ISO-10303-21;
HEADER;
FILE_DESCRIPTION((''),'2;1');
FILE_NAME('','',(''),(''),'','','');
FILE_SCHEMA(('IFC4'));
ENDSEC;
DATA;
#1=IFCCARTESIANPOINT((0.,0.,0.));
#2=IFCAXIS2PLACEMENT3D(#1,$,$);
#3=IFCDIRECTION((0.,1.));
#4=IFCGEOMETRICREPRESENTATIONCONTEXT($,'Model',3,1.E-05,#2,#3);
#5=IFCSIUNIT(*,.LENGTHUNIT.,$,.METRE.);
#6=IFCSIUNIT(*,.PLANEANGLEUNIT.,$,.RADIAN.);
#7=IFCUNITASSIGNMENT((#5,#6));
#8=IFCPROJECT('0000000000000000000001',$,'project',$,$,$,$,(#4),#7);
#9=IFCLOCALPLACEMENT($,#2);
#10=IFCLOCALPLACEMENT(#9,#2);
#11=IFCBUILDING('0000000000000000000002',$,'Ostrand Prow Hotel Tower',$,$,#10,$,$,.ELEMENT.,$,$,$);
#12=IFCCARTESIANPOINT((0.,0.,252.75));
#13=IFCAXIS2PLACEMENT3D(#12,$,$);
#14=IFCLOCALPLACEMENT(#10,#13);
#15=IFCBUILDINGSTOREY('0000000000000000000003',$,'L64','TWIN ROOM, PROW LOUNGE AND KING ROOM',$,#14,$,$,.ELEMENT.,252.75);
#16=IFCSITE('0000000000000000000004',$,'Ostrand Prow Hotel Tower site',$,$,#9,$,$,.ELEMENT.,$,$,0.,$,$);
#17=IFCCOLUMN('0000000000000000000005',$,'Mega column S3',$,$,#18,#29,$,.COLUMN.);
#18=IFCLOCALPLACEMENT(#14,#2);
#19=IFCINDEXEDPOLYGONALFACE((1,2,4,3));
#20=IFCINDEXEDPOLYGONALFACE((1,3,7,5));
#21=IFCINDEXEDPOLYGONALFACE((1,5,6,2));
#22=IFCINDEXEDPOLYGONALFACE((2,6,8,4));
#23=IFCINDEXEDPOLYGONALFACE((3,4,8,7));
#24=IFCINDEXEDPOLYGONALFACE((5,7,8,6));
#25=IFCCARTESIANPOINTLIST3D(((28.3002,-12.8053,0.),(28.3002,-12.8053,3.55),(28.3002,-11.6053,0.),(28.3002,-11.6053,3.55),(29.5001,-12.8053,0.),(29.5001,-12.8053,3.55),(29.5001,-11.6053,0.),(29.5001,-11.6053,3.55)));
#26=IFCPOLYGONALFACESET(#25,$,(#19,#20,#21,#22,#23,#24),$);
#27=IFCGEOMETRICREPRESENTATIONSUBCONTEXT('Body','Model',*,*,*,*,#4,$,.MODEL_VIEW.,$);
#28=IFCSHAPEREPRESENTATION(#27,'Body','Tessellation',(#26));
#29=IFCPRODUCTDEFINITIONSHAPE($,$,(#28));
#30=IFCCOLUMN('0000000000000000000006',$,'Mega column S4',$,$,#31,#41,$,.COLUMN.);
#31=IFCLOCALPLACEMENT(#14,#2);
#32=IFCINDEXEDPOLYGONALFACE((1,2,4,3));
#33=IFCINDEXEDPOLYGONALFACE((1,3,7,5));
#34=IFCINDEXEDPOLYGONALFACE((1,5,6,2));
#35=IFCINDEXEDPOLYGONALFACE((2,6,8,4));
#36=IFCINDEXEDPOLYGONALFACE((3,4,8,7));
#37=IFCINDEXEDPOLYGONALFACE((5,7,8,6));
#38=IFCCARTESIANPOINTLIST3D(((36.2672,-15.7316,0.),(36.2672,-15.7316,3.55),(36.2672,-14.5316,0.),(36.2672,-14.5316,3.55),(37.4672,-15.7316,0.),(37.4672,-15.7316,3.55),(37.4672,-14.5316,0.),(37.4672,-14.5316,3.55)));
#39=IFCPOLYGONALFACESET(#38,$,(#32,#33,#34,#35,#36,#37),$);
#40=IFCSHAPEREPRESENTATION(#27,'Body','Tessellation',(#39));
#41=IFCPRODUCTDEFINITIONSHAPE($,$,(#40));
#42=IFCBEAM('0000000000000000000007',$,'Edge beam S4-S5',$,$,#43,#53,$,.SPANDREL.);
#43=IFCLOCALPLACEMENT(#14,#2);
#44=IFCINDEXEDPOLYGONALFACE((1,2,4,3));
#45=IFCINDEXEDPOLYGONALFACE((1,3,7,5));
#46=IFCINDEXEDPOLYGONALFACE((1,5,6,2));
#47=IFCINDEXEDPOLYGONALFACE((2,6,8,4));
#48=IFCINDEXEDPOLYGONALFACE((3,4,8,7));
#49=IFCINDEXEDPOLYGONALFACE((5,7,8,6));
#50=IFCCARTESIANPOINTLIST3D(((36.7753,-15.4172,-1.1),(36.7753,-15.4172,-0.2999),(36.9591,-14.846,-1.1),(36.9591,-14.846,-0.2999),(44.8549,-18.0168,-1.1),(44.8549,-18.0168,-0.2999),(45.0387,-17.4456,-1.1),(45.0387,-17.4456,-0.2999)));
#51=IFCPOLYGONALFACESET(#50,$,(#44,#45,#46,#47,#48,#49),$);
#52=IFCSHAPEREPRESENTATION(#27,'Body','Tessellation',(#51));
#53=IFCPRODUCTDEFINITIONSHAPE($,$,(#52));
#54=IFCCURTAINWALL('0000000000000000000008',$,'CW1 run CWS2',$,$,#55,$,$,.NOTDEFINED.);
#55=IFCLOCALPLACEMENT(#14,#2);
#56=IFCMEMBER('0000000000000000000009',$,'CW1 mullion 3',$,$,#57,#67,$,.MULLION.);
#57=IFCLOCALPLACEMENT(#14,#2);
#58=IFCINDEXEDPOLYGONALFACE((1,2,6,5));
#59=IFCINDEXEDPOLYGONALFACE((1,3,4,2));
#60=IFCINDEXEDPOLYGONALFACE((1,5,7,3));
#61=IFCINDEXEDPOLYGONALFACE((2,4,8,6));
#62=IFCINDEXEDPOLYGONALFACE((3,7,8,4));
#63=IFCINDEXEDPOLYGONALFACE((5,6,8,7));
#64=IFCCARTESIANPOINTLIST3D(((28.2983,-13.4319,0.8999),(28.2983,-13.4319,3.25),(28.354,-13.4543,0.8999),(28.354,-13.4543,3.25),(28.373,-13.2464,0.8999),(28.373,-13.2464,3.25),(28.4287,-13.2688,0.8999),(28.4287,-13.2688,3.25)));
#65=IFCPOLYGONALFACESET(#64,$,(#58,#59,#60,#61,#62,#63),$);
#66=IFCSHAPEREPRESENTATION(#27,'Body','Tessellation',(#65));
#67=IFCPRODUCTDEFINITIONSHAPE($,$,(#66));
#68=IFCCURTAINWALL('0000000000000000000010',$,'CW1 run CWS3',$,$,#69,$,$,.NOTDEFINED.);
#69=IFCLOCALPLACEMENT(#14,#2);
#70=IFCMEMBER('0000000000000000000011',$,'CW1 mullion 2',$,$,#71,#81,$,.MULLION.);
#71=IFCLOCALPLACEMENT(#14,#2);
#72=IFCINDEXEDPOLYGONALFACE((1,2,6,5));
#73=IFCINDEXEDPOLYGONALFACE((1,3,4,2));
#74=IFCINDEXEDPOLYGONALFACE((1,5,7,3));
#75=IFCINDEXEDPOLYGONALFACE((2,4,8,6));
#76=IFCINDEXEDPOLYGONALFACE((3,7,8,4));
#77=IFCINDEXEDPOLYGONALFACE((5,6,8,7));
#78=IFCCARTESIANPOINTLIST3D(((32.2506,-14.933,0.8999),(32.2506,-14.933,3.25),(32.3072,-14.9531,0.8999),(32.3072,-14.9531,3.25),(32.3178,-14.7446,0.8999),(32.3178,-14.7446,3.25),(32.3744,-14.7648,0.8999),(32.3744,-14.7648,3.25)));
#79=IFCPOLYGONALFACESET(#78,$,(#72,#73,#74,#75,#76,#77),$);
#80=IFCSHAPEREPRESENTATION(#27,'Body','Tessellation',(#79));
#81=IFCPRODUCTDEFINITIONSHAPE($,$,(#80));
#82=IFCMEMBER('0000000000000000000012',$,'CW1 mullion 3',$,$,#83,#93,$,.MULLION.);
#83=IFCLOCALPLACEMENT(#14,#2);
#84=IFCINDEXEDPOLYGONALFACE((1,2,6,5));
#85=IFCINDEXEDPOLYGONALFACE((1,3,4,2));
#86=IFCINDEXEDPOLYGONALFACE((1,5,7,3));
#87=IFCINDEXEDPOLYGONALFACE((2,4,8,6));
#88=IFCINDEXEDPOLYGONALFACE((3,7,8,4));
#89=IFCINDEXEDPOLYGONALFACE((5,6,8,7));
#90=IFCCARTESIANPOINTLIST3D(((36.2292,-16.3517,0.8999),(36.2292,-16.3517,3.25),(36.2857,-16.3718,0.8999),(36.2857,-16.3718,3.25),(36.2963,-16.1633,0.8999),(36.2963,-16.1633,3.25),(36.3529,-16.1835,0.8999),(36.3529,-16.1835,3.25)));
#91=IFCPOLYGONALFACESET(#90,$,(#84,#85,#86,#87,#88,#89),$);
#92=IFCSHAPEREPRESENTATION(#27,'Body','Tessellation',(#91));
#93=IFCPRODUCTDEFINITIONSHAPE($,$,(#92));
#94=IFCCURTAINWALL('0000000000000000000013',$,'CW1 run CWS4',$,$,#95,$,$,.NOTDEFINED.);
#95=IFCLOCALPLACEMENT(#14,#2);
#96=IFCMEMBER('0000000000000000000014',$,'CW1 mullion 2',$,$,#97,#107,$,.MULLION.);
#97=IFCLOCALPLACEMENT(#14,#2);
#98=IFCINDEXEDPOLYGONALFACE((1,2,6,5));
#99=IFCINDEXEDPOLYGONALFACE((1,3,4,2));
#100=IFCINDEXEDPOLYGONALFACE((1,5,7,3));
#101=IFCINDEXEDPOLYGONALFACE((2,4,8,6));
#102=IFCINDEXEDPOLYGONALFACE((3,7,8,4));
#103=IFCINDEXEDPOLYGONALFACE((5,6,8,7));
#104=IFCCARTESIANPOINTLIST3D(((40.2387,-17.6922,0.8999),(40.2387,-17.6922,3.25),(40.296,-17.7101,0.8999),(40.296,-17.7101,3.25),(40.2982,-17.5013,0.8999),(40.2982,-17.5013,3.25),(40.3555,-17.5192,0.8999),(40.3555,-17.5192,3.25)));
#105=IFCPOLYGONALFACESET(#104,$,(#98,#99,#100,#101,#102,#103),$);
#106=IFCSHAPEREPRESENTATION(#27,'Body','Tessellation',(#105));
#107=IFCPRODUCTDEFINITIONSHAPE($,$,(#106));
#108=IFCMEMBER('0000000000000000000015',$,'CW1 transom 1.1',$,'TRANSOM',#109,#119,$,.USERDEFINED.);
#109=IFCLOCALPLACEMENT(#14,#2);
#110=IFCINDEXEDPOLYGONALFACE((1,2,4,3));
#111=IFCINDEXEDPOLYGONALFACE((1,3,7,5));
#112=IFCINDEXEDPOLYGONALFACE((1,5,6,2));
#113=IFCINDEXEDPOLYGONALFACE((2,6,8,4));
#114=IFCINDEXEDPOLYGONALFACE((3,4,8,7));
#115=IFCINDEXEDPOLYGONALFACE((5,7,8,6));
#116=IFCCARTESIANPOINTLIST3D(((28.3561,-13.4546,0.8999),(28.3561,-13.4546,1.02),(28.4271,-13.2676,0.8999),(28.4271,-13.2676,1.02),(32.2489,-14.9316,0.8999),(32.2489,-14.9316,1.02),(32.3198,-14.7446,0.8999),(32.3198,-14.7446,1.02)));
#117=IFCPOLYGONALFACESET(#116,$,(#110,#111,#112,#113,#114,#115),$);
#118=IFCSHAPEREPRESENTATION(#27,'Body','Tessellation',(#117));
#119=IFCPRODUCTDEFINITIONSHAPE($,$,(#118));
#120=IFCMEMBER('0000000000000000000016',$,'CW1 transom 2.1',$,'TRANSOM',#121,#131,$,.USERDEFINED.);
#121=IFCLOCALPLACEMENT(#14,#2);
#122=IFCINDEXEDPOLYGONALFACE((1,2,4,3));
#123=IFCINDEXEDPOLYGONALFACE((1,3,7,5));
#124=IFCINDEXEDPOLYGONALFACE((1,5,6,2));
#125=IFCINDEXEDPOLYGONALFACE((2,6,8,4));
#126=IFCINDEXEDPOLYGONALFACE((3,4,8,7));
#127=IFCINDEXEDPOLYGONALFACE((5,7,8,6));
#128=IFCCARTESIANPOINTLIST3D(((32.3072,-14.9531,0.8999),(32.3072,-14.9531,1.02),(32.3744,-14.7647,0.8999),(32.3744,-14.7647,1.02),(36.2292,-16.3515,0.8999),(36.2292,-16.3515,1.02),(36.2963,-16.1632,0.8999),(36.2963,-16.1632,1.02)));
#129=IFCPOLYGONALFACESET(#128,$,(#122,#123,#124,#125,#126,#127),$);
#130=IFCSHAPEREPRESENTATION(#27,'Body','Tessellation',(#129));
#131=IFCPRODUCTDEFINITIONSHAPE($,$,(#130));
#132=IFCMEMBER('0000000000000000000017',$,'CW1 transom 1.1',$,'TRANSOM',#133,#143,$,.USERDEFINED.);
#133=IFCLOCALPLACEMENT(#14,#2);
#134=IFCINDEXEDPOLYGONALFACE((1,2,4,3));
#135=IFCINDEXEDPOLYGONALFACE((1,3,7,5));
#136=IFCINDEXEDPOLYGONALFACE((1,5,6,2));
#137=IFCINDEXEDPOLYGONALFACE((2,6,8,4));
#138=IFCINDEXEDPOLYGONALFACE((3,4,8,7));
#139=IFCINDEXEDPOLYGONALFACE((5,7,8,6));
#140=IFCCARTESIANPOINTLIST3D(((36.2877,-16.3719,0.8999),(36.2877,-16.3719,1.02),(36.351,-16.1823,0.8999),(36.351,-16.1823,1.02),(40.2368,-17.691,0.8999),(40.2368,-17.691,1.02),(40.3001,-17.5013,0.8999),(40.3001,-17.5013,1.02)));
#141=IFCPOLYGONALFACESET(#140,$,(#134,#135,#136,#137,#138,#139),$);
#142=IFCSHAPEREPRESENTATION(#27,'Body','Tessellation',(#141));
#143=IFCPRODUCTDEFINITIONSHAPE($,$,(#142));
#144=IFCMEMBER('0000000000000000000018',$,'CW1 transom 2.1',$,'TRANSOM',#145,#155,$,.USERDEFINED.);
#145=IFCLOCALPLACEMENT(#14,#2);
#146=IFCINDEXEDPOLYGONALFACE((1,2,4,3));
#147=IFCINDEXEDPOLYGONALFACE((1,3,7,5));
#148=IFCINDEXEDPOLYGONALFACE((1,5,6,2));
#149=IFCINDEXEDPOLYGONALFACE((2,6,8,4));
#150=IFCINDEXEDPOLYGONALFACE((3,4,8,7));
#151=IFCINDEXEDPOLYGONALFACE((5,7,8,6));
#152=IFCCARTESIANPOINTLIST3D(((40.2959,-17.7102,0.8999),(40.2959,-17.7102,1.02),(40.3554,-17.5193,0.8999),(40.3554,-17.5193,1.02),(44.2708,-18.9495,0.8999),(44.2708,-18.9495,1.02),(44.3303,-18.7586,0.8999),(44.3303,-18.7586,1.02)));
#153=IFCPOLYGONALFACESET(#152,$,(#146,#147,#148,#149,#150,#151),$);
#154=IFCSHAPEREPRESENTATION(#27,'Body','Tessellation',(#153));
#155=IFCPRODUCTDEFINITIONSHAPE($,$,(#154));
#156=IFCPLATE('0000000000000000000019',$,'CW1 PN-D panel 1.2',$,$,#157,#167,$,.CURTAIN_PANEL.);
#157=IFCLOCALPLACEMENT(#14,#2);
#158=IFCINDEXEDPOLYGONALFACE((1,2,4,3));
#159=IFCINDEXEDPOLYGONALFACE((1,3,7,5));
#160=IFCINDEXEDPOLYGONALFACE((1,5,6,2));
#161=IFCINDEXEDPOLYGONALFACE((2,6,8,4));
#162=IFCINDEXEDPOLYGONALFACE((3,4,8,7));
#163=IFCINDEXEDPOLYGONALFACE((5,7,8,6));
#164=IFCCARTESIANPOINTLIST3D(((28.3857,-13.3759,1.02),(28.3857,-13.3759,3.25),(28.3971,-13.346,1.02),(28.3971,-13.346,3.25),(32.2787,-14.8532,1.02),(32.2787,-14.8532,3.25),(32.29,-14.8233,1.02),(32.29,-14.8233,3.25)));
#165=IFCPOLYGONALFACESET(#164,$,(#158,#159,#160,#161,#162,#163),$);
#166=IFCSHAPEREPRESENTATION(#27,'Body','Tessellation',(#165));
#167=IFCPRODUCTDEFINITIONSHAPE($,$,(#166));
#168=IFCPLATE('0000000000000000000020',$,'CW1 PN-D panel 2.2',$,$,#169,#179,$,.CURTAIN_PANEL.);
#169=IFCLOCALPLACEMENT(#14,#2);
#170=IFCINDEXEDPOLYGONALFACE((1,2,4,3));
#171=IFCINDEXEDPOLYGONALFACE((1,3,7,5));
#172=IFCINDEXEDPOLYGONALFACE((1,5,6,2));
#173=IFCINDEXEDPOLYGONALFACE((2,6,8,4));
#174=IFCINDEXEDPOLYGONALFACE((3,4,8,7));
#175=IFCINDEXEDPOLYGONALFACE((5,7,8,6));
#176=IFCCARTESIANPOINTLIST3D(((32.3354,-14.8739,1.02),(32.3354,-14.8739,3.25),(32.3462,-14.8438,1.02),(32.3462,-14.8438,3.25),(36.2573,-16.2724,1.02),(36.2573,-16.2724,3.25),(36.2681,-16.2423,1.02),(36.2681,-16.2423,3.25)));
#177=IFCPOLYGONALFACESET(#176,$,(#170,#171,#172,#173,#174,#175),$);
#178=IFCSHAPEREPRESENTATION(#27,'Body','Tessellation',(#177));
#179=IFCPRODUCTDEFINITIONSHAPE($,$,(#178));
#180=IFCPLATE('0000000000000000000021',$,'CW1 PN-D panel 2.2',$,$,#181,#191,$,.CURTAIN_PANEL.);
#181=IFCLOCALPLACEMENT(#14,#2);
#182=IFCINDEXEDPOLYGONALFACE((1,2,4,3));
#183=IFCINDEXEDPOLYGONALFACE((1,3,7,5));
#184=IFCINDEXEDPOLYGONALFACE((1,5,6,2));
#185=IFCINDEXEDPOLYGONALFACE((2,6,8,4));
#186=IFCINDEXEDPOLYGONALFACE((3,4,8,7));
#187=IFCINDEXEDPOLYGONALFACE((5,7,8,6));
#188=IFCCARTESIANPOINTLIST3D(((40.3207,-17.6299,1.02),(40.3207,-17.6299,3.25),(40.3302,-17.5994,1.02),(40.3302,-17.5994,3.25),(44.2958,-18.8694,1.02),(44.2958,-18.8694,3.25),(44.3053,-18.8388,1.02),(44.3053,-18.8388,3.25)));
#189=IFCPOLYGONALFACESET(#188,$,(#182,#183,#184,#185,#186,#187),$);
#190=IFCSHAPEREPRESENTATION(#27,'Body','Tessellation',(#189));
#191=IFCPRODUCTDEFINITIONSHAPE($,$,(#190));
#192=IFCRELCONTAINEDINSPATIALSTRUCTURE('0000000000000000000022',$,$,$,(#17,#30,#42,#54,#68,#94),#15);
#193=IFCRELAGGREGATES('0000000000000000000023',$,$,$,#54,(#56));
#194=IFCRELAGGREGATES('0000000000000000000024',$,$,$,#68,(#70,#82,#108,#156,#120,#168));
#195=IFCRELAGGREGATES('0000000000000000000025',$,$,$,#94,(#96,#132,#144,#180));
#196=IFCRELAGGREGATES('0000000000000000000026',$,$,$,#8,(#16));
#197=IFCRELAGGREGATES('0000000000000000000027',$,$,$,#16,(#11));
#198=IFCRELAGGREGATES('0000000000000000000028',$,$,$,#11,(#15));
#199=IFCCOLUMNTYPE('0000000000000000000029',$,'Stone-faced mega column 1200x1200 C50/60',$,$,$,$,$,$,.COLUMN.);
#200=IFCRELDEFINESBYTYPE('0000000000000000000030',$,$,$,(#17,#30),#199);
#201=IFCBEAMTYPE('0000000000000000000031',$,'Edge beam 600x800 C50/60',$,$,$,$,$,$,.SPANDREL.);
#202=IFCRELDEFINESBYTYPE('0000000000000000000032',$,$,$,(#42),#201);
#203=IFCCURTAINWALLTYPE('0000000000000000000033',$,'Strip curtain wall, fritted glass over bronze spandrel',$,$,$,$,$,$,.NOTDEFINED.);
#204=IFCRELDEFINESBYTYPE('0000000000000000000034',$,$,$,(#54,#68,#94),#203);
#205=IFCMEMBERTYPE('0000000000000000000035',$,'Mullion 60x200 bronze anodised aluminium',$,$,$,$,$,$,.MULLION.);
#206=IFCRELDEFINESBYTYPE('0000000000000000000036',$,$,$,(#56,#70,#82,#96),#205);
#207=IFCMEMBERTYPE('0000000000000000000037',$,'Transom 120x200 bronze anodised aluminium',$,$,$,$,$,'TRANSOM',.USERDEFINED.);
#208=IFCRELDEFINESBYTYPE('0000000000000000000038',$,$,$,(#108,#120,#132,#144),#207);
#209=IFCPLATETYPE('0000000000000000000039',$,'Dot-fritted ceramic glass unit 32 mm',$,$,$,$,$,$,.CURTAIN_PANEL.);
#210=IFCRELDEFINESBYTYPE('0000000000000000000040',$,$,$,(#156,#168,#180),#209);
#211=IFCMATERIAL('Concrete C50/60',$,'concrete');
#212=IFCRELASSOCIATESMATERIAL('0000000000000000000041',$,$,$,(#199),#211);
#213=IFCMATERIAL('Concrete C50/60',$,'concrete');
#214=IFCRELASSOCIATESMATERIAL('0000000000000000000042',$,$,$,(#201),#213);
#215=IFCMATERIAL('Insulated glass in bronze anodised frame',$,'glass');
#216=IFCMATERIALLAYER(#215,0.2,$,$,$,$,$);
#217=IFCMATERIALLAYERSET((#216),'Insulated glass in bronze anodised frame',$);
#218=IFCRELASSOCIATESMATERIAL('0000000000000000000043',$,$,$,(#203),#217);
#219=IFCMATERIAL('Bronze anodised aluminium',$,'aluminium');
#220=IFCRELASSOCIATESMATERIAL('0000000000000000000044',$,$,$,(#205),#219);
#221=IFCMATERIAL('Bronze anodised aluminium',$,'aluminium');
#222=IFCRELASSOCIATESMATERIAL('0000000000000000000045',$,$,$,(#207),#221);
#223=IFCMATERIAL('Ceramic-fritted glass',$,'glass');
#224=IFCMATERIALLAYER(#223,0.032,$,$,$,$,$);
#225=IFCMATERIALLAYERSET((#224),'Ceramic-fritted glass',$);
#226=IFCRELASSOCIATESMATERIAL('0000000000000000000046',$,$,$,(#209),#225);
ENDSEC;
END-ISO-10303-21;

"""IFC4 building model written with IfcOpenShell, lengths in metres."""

from ifc_helpers import new_model, si_unit, direction, frame, origin, origin_2d, place, context, subcontext, project, spatial, rectangle, extrude, material, layer, layer_set, material_profile, profile_set, type_object, element, aggregate, save


model = new_model("IFC4")

# Units and contexts
model_context = context("Model", 3, precision=1e-05, world=origin(), true_north=direction((0.0, 1.0)))
body_context = subcontext(model_context, "Body", "Model", "MODEL_VIEW")
ifc_project = project(units=[si_unit("LENGTHUNIT", "METRE"), si_unit("PLANEANGLEUNIT", "RADIAN")], contexts=[model_context])

# Site, building, storey
site_placement = place(None, origin())
site = spatial("IfcSite", under=ifc_project, at=site_placement, Name="Ostrand Prow Hotel Tower site", CompositionType="ELEMENT", RefElevation=0.0)
building_placement = place(site_placement, origin())
building = spatial("IfcBuilding", under=site, at=building_placement, Name="Ostrand Prow Hotel Tower", CompositionType="ELEMENT")
storey_placement = place(building_placement, frame((0.0, 0.0, 252.75)))
storey = spatial("IfcBuildingStorey", under=building, at=storey_placement, Name="L64", Description="TWIN ROOM, PROW LOUNGE AND KING ROOM", CompositionType="ELEMENT", Elevation=252.75)

# Columns
ifc_material_1 = material(Name="Concrete C50/60", Category="concrete")
ifc_material_profile_1 = material_profile(ifc_material_1, rectangle(XDim=1.2, YDim=1.2, at=origin_2d()), Name="RC 1200x1200")
ifc_profile_set_1 = profile_set([ifc_material_profile_1], Name="Concrete C50/60")
column_type = type_object("IfcColumnType", Name="Stone-faced mega column 1200x1200 C50/60", PredefinedType="COLUMN", material=ifc_profile_set_1)
for number, where, z_axis, x_axis, name in (
    (1, (28.9001, -12.2053, 0.0), (0.0, 0.0, 1.0), (1.0, 0.0, 0.0), "Mega column S3"),
    (2, (36.8672, -15.1316, 0.0), (0.0, 0.0, 1.0), (1.0, 0.0, 0.0), "Mega column S4"),
):
    element("IfcColumn", number, at=place(storey_placement, frame(where, z_axis=z_axis, x_axis=x_axis)), inside=storey, type_object=column_type, Name=name, PredefinedType="COLUMN", context=body_context, shape_type="SweptSolid", body=[
        extrude(rectangle(XDim=1.2, YDim=1.2, at=origin_2d()), origin(), (0.0, 0.0, 1.0), 3.55),
    ])

# Beam
ifc_material_2 = material(Name="Concrete C50/60", Category="concrete")
ifc_material_profile_2 = material_profile(ifc_material_2, rectangle(XDim=0.6001, YDim=0.8, at=origin_2d()), Name="RC 600x800")
ifc_profile_set_2 = profile_set([ifc_material_profile_2], Name="Concrete C50/60")
beam_type = type_object("IfcBeamType", Name="Edge beam 600x800 C50/60", PredefinedType="SPANDREL", material=ifc_profile_set_2)
beam_placement = place(storey_placement, frame((36.8672, -15.1316, -0.7), z_axis=(0.951939, -0.306287, 0.0), x_axis=(0.306287, 0.951939, 0.0)))
element("IfcBeam", 3, at=beam_placement, inside=storey, type_object=beam_type, Name="Edge beam S4-S5", PredefinedType="SPANDREL", context=body_context, shape_type="SweptSolid", body=[
    extrude(rectangle(XDim=0.6001, YDim=0.8, at=origin_2d()), origin(), (0.0, 0.0, 1.0), 8.4875),
])

# Curtain wall, member
ifc_material_3 = material(Name="Insulated glass in bronze anodised frame", Category="glass")
ifc_layer_1 = layer(ifc_material_3, 0.2)
ifc_layer_set_1 = layer_set([ifc_layer_1], Name="Insulated glass in bronze anodised frame")
curtain_wall_type = type_object("IfcCurtainWallType", Name="Strip curtain wall, fritted glass over bronze spandrel", PredefinedType="NOTDEFINED", material=ifc_layer_set_1)
curtain_wall_1_placement = place(storey_placement, origin())
curtain_wall_1 = element("IfcCurtainWall", 4, at=curtain_wall_1_placement, inside=storey, type_object=curtain_wall_type, Name="CW1 run CWS2", PredefinedType="NOTDEFINED")
ifc_material_4 = material(Name="Bronze anodised aluminium", Category="aluminium")
ifc_material_profile_3 = material_profile(ifc_material_4, rectangle(XDim=0.2, YDim=0.0601, at=origin_2d()), Name="Mullion 60x200 bronze anodised aluminium")
ifc_profile_set_3 = profile_set([ifc_material_profile_3], Name="Bronze anodised aluminium")
member_type_1 = type_object("IfcMemberType", Name="Mullion 60x200 bronze anodised aluminium", PredefinedType="MULLION", material=ifc_profile_set_3)
member_1_placement = place(storey_placement, frame((28.3635, -13.3503, 0.8999), z_axis=(0.0, 0.0, 1.0), x_axis=(0.373533, 0.927617, 0.0)))
member_1 = element("IfcMember", 5, at=member_1_placement, type_object=member_type_1, Name="CW1 mullion 3", PredefinedType="MULLION", context=body_context, shape_type="SweptSolid", body=[
    extrude(rectangle(XDim=0.2, YDim=0.0601, at=origin_2d()), origin(), (0.0, 0.0, 1.0), 2.3501),
])
aggregate(curtain_wall_1, [member_1])

# Curtain wall, members
curtain_wall_2_placement = place(storey_placement, origin())
curtain_wall_2 = element("IfcCurtainWall", 6, at=curtain_wall_2_placement, inside=storey, type_object=curtain_wall_type, Name="CW1 run CWS3", PredefinedType="NOTDEFINED")
member_2_placement = place(storey_placement, frame((32.3125, -14.8489, 0.8999), z_axis=(0.0, 0.0, 1.0), x_axis=(0.335877, 0.941906, 0.0)))
member_2 = element("IfcMember", 7, at=member_2_placement, type_object=member_type_1, Name="CW1 mullion 2", PredefinedType="MULLION", context=body_context, shape_type="SweptSolid", body=[
    extrude(rectangle(XDim=0.2, YDim=0.0601, at=origin_2d()), origin(), (0.0, 0.0, 1.0), 2.3501),
])
member_3_placement = place(storey_placement, frame((36.291, -16.2676, 0.8999), z_axis=(0.0, 0.0, 1.0), x_axis=(0.335877, 0.941906, 0.0)))
member_3 = element("IfcMember", 8, at=member_3_placement, type_object=member_type_1, Name="CW1 mullion 3", PredefinedType="MULLION", context=body_context, shape_type="SweptSolid", body=[
    extrude(rectangle(XDim=0.2, YDim=0.0601, at=origin_2d()), origin(), (0.0, 0.0, 1.0), 2.3501),
])

# Curtain wall, member
curtain_wall_3_placement = place(storey_placement, origin())
curtain_wall_3 = element("IfcCurtainWall", 9, at=curtain_wall_3_placement, inside=storey, type_object=curtain_wall_type, Name="CW1 run CWS4", PredefinedType="NOTDEFINED")
member_4_placement = place(storey_placement, frame((40.2971, -17.6057, 0.8999), z_axis=(0.0, 0.0, 1.0), x_axis=(0.297678, 0.954666, 0.0)))
member_4 = element("IfcMember", 10, at=member_4_placement, type_object=member_type_1, Name="CW1 mullion 2", PredefinedType="MULLION", context=body_context, shape_type="SweptSolid", body=[
    extrude(rectangle(XDim=0.2, YDim=0.0601, at=origin_2d()), origin(), (0.0, 0.0, 1.0), 2.3501),
])

# Members
ifc_material_5 = material(Name="Bronze anodised aluminium", Category="aluminium")
ifc_material_profile_4 = material_profile(ifc_material_5, rectangle(XDim=0.2, YDim=0.1201, at=origin_2d()), Name="Transom 120x200 bronze anodised aluminium")
ifc_profile_set_4 = profile_set([ifc_material_profile_4], Name="Bronze anodised aluminium")
member_type_2 = type_object("IfcMemberType", Name="Transom 120x200 bronze anodised aluminium", ElementType="TRANSOM", PredefinedType="USERDEFINED", material=ifc_profile_set_4)
member_5_placement = place(storey_placement, frame((28.3916, -13.3611, 0.96), z_axis=(0.934961, -0.354751, 0.0), x_axis=(0.354751, 0.934961, 0.0)))
member_5 = element("IfcMember", 11, at=member_5_placement, type_object=member_type_2, Name="CW1 transom 1.1", ObjectType="TRANSOM", PredefinedType="USERDEFINED", context=body_context, shape_type="SweptSolid", body=[
    extrude(rectangle(XDim=0.2, YDim=0.1201, at=origin_2d()), origin(), (0.0, 0.0, 1.0), 4.1636),
])
member_6_placement = place(storey_placement, frame((32.3408, -14.8589, 0.96), z_axis=(0.941912, -0.335861, 0.0), x_axis=(0.335861, 0.941912, 0.0)))
member_6 = element("IfcMember", 12, at=member_6_placement, type_object=member_type_2, Name="CW1 transom 2.1", ObjectType="TRANSOM", PredefinedType="USERDEFINED", context=body_context, shape_type="SweptSolid", body=[
    extrude(rectangle(XDim=0.2, YDim=0.1201, at=origin_2d()), origin(), (0.0, 0.0, 1.0), 4.1638),
])
member_7_placement = place(storey_placement, frame((36.3193, -16.2771, 0.96), z_axis=(0.94849, -0.316808, 0.0), x_axis=(0.316808, 0.94849, 0.0)))
member_7 = element("IfcMember", 13, at=member_7_placement, type_object=member_type_2, Name="CW1 transom 1.1", ObjectType="TRANSOM", PredefinedType="USERDEFINED", context=body_context, shape_type="SweptSolid", body=[
    extrude(rectangle(XDim=0.2, YDim=0.1201, at=origin_2d()), origin(), (0.0, 0.0, 1.0), 4.1636),
])
member_8_placement = place(storey_placement, frame((40.3257, -17.6147, 0.96), z_axis=(0.954677, -0.297644, 0.0), x_axis=(0.297644, 0.954677, 0.0)))
member_8 = element("IfcMember", 14, at=member_8_placement, type_object=member_type_2, Name="CW1 transom 2.1", ObjectType="TRANSOM", PredefinedType="USERDEFINED", context=body_context, shape_type="SweptSolid", body=[
    extrude(rectangle(XDim=0.2, YDim=0.1201, at=origin_2d()), origin(), (0.0, 0.0, 1.0), 4.1636),
])

# Plates
ifc_material_6 = material(Name="Ceramic-fritted glass", Category="glass")
ifc_layer_2 = layer(ifc_material_6, 0.032)
ifc_layer_set_2 = layer_set([ifc_layer_2], Name="Ceramic-fritted glass")
plate_type_1 = type_object("IfcPlateType", Name="Dot-fritted ceramic glass unit 32 mm", PredefinedType="CURTAIN_PANEL", material=ifc_layer_set_2)
plate_1_placement = place(storey_placement, frame((30.3379, -14.0996, 1.02), z_axis=(0.0, 0.0, 1.0), x_axis=(0.934951, -0.354777, 0.0)))
plate_1 = element("IfcPlate", 15, at=plate_1_placement, type_object=plate_type_1, Name="CW1 PN-D panel 1.2", PredefinedType="CURTAIN_PANEL", context=body_context, shape_type="SweptSolid", body=[
    extrude(rectangle(XDim=4.1638, YDim=0.032, at=origin_2d()), origin(), (0.0, 0.0, 1.0), 2.23),
])
plate_2_placement = place(storey_placement, frame((34.3018, -15.5581, 1.02), z_axis=(0.0, 0.0, 1.0), x_axis=(0.941906, -0.335877, 0.0)))
plate_2 = element("IfcPlate", 16, at=plate_2_placement, type_object=plate_type_1, Name="CW1 PN-D panel 2.2", PredefinedType="CURTAIN_PANEL", context=body_context, shape_type="SweptSolid", body=[
    extrude(rectangle(XDim=4.1638, YDim=0.032, at=origin_2d()), origin(), (0.0, 0.0, 1.0), 2.23),
])
aggregate(curtain_wall_2, [member_2, member_3, member_5, plate_1, member_6, plate_2])
plate_3_placement = place(storey_placement, frame((42.313, -18.2344, 1.02), z_axis=(0.0, 0.0, 1.0), x_axis=(0.954666, -0.297678, 0.0)))
plate_3 = element("IfcPlate", 17, at=plate_3_placement, type_object=plate_type_1, Name="CW1 PN-D panel 2.2", PredefinedType="CURTAIN_PANEL", context=body_context, shape_type="SweptSolid", body=[
    extrude(rectangle(XDim=4.1638, YDim=0.032, at=origin_2d()), origin(), (0.0, 0.0, 1.0), 2.23),
])
aggregate(curtain_wall_3, [member_4, member_7, member_8, plate_3])

save(model, "model.ifc")
